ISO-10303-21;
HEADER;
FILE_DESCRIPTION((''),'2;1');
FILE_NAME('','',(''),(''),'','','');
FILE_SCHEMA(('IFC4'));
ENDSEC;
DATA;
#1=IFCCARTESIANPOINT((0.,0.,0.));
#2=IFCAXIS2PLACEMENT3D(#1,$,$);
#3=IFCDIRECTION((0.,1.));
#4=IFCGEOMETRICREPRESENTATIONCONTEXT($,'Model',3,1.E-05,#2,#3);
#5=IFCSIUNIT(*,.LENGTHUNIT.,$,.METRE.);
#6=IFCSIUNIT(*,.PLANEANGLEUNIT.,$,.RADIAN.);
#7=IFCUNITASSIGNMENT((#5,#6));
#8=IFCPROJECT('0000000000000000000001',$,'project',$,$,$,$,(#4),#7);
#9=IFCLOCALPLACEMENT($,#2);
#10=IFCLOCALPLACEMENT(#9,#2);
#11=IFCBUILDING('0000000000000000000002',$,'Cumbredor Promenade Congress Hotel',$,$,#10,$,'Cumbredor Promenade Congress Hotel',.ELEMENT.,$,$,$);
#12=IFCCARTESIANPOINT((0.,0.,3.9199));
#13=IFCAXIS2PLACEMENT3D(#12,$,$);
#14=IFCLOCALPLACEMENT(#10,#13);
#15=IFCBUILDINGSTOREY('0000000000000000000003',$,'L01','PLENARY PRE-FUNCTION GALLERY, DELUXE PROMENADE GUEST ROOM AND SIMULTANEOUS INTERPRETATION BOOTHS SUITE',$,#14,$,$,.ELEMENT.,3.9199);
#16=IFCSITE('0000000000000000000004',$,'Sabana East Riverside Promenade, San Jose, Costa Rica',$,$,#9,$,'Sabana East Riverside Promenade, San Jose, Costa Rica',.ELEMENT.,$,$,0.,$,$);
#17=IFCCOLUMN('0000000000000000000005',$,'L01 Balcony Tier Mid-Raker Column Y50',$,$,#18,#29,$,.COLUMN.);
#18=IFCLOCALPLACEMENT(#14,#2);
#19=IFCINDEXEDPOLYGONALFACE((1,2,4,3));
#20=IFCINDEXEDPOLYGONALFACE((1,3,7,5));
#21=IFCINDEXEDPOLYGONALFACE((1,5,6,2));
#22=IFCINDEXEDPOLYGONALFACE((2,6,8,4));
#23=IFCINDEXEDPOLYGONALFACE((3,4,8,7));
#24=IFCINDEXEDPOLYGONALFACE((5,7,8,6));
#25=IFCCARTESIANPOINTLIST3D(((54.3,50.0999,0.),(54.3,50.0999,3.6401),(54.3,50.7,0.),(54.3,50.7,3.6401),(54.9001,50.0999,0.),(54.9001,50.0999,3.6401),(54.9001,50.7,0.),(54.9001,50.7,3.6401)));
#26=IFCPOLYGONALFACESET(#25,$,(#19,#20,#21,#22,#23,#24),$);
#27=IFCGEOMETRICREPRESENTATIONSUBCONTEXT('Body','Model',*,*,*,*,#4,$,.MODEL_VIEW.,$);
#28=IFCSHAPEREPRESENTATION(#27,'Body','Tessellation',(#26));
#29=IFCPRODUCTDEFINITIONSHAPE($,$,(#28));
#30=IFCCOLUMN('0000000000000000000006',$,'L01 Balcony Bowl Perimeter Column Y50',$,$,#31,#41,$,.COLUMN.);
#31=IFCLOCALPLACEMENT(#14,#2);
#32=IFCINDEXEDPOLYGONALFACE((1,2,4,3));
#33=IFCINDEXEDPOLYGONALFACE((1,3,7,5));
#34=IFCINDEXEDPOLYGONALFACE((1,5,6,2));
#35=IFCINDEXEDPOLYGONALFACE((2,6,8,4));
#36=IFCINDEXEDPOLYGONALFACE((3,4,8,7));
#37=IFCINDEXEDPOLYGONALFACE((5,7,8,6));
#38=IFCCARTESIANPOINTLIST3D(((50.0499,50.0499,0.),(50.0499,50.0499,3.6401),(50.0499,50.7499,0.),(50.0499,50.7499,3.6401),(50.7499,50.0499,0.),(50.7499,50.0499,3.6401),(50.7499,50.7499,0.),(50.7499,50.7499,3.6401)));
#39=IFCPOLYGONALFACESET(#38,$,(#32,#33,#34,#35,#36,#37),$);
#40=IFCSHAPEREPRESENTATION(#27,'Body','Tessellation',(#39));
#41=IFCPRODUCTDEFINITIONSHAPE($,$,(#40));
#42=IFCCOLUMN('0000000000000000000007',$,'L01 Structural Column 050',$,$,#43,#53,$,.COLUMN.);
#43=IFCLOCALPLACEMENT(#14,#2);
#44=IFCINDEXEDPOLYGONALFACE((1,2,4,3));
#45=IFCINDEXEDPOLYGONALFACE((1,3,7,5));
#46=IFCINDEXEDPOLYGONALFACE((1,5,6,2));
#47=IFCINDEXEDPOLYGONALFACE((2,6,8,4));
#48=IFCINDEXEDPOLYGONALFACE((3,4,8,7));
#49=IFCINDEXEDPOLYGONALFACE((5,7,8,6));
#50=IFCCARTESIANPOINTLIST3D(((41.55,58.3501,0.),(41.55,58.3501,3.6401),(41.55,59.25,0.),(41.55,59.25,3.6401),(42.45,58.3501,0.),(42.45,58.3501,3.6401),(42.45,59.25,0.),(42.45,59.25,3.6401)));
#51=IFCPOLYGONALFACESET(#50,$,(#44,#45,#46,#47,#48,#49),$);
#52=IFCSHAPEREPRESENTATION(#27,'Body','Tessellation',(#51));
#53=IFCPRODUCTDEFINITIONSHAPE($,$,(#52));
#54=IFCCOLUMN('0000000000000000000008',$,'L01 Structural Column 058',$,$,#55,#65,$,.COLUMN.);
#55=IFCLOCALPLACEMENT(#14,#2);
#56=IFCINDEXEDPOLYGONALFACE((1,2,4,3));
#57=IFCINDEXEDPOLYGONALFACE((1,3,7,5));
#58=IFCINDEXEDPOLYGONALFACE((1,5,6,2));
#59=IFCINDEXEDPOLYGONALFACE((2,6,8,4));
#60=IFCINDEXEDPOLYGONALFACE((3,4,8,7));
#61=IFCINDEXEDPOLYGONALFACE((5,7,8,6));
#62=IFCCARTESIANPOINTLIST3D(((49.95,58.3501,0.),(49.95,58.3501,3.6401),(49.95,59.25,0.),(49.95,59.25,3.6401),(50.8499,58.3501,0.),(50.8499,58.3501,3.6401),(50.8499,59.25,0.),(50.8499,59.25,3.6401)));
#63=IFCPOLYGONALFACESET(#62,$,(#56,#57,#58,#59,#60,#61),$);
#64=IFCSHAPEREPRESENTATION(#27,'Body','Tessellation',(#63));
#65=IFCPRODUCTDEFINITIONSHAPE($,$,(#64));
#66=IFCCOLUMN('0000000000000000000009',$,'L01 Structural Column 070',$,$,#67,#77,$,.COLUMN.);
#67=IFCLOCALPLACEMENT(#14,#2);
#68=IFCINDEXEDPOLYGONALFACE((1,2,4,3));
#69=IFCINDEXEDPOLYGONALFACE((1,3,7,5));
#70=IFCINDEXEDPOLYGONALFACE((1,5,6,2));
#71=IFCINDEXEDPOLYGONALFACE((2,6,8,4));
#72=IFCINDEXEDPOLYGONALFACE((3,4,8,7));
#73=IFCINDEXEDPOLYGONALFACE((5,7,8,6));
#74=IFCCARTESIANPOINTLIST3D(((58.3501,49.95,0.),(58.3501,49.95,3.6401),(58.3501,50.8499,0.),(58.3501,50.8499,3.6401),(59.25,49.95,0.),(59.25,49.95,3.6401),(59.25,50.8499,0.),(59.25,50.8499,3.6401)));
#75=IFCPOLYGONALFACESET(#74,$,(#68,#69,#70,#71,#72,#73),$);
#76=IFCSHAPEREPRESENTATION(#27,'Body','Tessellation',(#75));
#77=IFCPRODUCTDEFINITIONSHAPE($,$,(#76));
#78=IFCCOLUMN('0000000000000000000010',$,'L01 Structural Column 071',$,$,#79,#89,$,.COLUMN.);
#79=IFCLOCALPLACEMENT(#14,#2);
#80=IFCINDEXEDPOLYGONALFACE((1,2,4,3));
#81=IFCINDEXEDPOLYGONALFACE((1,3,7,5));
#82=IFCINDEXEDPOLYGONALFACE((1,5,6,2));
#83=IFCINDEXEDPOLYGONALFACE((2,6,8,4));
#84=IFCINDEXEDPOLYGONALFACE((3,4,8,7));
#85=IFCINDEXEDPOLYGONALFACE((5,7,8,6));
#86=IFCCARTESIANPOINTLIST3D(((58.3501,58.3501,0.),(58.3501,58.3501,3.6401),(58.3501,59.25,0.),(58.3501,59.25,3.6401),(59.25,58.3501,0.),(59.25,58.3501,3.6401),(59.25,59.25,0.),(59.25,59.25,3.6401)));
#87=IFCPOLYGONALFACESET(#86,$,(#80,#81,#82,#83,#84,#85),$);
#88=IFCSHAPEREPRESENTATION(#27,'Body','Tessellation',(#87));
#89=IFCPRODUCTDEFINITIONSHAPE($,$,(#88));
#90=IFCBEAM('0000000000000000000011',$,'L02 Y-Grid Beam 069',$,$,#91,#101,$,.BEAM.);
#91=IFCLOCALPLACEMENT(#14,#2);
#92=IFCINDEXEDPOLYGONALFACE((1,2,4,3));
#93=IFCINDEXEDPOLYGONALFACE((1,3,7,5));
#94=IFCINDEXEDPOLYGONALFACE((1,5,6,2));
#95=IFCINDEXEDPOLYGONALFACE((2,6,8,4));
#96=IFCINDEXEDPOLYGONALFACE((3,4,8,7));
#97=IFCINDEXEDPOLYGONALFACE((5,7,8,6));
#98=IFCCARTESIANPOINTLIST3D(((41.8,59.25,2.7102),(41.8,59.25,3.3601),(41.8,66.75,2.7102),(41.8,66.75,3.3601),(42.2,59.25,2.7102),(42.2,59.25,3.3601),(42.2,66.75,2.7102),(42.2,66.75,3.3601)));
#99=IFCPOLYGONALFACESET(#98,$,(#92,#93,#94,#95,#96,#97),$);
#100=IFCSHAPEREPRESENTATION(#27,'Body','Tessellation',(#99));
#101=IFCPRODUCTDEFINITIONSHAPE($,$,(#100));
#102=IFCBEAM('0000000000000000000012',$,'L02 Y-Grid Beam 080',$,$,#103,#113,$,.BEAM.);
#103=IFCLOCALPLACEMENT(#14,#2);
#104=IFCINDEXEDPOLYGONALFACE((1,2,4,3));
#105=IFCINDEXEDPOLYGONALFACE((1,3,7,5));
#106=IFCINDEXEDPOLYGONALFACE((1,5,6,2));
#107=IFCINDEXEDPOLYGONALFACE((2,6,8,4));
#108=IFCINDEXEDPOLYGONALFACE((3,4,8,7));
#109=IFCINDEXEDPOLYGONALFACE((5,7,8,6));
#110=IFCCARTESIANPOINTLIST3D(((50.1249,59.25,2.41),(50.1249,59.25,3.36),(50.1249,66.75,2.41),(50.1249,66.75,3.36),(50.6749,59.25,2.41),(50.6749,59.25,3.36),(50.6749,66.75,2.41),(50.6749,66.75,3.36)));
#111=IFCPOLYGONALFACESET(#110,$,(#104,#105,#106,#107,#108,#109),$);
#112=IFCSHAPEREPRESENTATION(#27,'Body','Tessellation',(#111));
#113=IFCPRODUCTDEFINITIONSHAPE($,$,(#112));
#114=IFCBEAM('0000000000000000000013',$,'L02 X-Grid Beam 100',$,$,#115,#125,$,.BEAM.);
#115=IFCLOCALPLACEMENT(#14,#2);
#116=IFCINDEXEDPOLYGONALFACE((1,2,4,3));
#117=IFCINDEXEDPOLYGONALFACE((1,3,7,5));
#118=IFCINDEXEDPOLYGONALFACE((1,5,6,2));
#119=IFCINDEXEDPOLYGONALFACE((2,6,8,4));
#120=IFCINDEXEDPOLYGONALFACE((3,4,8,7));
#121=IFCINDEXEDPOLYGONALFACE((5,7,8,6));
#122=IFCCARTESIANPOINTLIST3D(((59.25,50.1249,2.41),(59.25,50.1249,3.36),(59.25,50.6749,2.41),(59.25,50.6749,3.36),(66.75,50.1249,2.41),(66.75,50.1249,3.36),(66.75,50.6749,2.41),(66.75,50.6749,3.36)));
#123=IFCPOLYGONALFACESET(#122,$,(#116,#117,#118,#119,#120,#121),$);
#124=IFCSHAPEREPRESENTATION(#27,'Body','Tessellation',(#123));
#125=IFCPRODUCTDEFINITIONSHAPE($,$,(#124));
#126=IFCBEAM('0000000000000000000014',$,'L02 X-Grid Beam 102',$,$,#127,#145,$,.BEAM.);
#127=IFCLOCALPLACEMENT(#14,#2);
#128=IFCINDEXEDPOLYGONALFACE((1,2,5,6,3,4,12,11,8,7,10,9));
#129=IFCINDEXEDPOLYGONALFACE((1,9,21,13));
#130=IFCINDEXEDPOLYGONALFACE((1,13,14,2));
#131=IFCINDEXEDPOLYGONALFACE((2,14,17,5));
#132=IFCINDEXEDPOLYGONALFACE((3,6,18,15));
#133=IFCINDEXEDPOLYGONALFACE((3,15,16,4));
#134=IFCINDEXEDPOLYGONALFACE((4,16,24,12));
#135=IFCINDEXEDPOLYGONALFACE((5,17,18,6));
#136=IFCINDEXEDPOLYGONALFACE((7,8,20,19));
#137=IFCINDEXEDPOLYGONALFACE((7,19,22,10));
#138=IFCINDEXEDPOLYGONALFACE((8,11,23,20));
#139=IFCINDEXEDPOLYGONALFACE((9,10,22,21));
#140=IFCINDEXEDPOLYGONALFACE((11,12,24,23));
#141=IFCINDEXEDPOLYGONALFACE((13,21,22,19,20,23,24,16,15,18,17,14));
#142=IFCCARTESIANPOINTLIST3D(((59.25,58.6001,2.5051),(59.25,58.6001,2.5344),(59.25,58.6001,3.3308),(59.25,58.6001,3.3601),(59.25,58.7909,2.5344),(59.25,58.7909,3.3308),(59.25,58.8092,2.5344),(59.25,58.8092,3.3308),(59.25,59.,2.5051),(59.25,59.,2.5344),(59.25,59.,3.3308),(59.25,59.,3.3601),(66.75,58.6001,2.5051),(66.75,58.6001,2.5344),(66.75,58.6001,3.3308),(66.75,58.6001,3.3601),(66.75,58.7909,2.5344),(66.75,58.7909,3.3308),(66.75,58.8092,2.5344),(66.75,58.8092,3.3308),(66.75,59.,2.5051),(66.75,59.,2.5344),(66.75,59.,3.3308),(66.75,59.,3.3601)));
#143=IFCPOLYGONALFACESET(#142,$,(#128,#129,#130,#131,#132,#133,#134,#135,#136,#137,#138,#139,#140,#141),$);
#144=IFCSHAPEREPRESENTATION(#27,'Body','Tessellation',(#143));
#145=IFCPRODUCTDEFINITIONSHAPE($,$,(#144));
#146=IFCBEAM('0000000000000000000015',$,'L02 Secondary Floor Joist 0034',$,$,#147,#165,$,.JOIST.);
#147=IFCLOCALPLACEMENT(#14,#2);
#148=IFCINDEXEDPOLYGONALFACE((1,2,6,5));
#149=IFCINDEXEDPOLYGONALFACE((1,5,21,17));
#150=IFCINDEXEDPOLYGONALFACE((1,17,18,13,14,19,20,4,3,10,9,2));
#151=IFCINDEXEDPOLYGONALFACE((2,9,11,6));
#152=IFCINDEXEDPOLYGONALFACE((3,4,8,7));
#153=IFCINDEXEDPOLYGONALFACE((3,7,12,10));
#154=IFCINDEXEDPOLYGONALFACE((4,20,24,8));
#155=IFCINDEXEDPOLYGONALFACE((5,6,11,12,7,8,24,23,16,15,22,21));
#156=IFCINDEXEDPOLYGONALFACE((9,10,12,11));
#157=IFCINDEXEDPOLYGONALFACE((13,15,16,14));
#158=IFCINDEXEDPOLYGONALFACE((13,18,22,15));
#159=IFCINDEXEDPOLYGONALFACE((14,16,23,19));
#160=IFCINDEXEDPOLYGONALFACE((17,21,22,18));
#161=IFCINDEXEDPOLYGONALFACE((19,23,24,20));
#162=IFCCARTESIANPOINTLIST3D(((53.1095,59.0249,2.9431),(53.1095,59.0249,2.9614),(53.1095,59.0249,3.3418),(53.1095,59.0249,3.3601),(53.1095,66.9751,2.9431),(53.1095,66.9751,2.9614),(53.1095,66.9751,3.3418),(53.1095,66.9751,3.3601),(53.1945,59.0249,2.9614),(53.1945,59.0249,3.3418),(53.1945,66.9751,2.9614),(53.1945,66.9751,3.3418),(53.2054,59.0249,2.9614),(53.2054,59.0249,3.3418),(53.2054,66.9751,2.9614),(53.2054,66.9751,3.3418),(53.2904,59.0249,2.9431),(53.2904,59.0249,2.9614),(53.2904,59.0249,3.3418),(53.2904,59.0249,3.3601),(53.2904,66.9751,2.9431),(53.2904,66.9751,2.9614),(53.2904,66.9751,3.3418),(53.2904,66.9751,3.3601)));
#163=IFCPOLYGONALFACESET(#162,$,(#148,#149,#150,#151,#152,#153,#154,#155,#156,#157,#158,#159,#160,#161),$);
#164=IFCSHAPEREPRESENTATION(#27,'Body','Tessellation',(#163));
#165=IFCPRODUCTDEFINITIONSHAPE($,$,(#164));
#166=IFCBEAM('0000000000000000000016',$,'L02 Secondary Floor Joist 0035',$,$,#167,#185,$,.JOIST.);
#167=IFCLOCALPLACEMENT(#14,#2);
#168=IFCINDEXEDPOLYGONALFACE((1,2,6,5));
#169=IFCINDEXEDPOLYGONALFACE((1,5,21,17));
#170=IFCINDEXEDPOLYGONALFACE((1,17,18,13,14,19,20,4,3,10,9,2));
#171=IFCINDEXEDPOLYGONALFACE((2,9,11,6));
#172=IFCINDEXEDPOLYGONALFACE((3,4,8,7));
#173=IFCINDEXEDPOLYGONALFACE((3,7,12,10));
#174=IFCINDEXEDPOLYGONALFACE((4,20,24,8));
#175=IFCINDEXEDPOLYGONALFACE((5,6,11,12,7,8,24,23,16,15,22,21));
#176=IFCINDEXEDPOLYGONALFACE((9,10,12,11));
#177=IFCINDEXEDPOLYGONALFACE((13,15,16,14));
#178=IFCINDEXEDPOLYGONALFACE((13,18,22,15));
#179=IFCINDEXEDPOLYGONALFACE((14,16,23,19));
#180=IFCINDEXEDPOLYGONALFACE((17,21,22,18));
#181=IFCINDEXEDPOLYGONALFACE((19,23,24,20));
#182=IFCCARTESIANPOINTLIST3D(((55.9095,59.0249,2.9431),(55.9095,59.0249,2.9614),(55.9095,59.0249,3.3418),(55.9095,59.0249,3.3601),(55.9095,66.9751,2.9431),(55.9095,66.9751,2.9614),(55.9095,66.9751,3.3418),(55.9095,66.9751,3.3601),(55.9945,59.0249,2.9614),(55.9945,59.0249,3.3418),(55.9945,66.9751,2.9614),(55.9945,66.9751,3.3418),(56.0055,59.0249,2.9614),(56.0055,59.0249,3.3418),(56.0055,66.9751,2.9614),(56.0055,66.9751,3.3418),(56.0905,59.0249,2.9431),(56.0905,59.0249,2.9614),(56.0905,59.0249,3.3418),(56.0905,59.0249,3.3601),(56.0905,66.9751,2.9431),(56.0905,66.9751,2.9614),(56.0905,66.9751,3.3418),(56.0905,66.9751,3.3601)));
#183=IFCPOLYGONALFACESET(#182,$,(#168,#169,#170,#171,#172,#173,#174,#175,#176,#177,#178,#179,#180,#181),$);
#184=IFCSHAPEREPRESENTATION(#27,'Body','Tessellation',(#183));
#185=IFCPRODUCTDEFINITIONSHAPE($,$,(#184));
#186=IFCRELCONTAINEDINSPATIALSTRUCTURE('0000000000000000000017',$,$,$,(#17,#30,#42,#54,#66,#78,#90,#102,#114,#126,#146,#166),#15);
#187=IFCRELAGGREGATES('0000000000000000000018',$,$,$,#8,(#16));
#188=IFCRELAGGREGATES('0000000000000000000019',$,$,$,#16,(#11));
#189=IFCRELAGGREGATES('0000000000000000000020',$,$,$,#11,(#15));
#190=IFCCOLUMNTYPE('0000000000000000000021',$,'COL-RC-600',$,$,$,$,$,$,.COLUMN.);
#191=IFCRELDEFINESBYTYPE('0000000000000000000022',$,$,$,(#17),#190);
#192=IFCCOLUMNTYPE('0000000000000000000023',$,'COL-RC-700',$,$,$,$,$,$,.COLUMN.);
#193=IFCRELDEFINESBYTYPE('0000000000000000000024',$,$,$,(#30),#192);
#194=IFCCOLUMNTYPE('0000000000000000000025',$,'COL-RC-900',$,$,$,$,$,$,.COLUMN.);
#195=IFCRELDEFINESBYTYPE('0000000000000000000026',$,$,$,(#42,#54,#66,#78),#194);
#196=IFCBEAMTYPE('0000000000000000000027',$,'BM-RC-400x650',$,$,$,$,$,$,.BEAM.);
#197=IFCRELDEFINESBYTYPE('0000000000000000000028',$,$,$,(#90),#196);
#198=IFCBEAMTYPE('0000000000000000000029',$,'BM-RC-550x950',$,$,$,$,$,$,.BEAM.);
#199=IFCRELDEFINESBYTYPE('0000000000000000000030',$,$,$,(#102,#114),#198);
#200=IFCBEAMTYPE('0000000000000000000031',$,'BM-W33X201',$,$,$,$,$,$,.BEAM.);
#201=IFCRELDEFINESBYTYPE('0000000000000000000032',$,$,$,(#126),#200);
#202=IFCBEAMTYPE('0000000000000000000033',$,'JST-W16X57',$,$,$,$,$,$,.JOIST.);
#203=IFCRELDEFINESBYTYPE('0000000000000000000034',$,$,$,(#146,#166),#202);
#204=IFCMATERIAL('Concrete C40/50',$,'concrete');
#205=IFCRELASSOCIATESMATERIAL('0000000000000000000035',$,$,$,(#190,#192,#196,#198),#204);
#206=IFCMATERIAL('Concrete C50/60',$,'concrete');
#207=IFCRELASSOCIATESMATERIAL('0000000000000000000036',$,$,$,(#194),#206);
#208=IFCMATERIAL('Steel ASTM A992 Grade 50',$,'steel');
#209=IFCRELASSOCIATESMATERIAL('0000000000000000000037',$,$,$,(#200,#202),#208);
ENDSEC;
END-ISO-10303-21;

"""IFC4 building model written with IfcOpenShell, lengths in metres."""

from ifc_helpers import new_model, si_unit, direction, frame, origin, origin_2d, place, context, subcontext, project, spatial, rectangle, i_section, extrude, material, material_profile, profile_set, type_object, element, save


model = new_model("IFC4")

# Units and contexts
model_context = context("Model", 3, precision=1e-05, world=origin(), true_north=direction((0.0, 1.0)))
body_context = subcontext(model_context, "Body", "Model", "MODEL_VIEW")
ifc_project = project(units=[si_unit("LENGTHUNIT", "METRE"), si_unit("PLANEANGLEUNIT", "RADIAN")], contexts=[model_context])

# Site, building, storey
site_placement = place(None, origin())
site = spatial("IfcSite", under=ifc_project, at=site_placement, Name="Sabana East Riverside Promenade, San Jose, Costa Rica", LongName="Sabana East Riverside Promenade, San Jose, Costa Rica", CompositionType="ELEMENT", RefElevation=0.0)
building_placement = place(site_placement, origin())
building = spatial("IfcBuilding", under=site, at=building_placement, Name="Cumbredor Promenade Congress Hotel", LongName="Cumbredor Promenade Congress Hotel", CompositionType="ELEMENT")
storey_placement = place(building_placement, frame((0.0, 0.0, 3.9199)))
storey = spatial("IfcBuildingStorey", under=building, at=storey_placement, Name="L01", Description="PLENARY PRE-FUNCTION GALLERY, DELUXE PROMENADE GUEST ROOM AND SIMULTANEOUS INTERPRETATION BOOTHS SUITE", CompositionType="ELEMENT", Elevation=3.9199)

# Columns
ifc_material_1 = material(Name="Concrete C40/50", Category="concrete")
ifc_material_profile_1 = material_profile(ifc_material_1, rectangle(XDim=0.6001, YDim=0.6001, at=origin_2d()), Name="RC 600x600")
ifc_profile_set_1 = profile_set([ifc_material_profile_1], Name="Concrete C40/50")
column_type_1 = type_object("IfcColumnType", Name="COL-RC-600", PredefinedType="COLUMN", material=ifc_profile_set_1)
column_1_placement = place(storey_placement, frame((54.6001, 50.3999, 0.0), z_axis=(0.0, 0.0, 1.0), x_axis=(1.0, 0.0, 0.0)))
element("IfcColumn", 1, at=column_1_placement, inside=storey, type_object=column_type_1, Name="L01 Balcony Tier Mid-Raker Column Y50", PredefinedType="COLUMN", context=body_context, shape_type="SweptSolid", body=[
    extrude(rectangle(XDim=0.6001, YDim=0.6001, at=origin_2d()), origin(), (0.0, 0.0, 1.0), 3.6401),
])
ifc_material_profile_2 = material_profile(ifc_material_1, rectangle(XDim=0.7, YDim=0.7, at=origin_2d()), Name="RC 700x700")
ifc_profile_set_2 = profile_set([ifc_material_profile_2], Name="Concrete C40/50")
column_type_2 = type_object("IfcColumnType", Name="COL-RC-700", PredefinedType="COLUMN", material=ifc_profile_set_2)
column_2_placement = place(storey_placement, frame((50.3999, 50.3999, 0.0), z_axis=(0.0, 0.0, 1.0), x_axis=(1.0, 0.0, 0.0)))
element("IfcColumn", 2, at=column_2_placement, inside=storey, type_object=column_type_2, Name="L01 Balcony Bowl Perimeter Column Y50", PredefinedType="COLUMN", context=body_context, shape_type="SweptSolid", body=[
    extrude(rectangle(XDim=0.7, YDim=0.7, at=origin_2d()), origin(), (0.0, 0.0, 1.0), 3.6401),
])
ifc_material_2 = material(Name="Concrete C50/60", Category="concrete")
ifc_material_profile_3 = material_profile(ifc_material_2, rectangle(XDim=0.8999, YDim=0.8999, at=origin_2d()), Name="RC 900x900")
ifc_profile_set_3 = profile_set([ifc_material_profile_3], Name="Concrete C50/60")
column_type_3 = type_object("IfcColumnType", Name="COL-RC-900", PredefinedType="COLUMN", material=ifc_profile_set_3)
for number, where, z_axis, x_axis, name in (
    (3, (42.0, 58.8, 0.0), (0.0, 0.0, 1.0), (1.0, 0.0, 0.0), "L01 Structural Column 050"),
    (4, (50.3999, 58.8, 0.0), (0.0, 0.0, 1.0), (1.0, 0.0, 0.0), "L01 Structural Column 058"),
    (5, (58.8, 50.3999, 0.0), (0.0, 0.0, 1.0), (1.0, 0.0, 0.0), "L01 Structural Column 070"),
    (6, (58.8, 58.8, 0.0), (0.0, 0.0, 1.0), (1.0, 0.0, 0.0), "L01 Structural Column 071"),
):
    element("IfcColumn", number, at=place(storey_placement, frame(where, z_axis=z_axis, x_axis=x_axis)), inside=storey, type_object=column_type_3, Name=name, PredefinedType="COLUMN", context=body_context, shape_type="SweptSolid", body=[
        extrude(rectangle(XDim=0.8999, YDim=0.8999, at=origin_2d()), origin(), (0.0, 0.0, 1.0), 3.6401),
    ])

# Beams
ifc_material_profile_4 = material_profile(ifc_material_1, rectangle(XDim=0.3999, YDim=0.6499, at=origin_2d()), Name="RC BEAM 400x650")
ifc_profile_set_4 = profile_set([ifc_material_profile_4], Name="Concrete C40/50")
beam_type_1 = type_object("IfcBeamType", Name="BM-RC-400x650", PredefinedType="BEAM", material=ifc_profile_set_4)
beam_1_placement = place(storey_placement, frame((42.0, 59.25, 3.0352), z_axis=(0.0, 1.0, 0.0), x_axis=(-1.0, 0.0, 0.0)))
element("IfcBeam", 7, at=beam_1_placement, inside=storey, type_object=beam_type_1, Name="L02 Y-Grid Beam 069", PredefinedType="BEAM", context=body_context, shape_type="SweptSolid", body=[
    extrude(rectangle(XDim=0.3999, YDim=0.6499, at=origin_2d()), origin(), (0.0, 0.0, 1.0), 7.5),
])
ifc_material_profile_5 = material_profile(ifc_material_1, rectangle(XDim=0.55, YDim=0.95, at=origin_2d()), Name="RC BEAM 550x950")
ifc_profile_set_5 = profile_set([ifc_material_profile_5], Name="Concrete C40/50")
beam_type_2 = type_object("IfcBeamType", Name="BM-RC-550x950", PredefinedType="BEAM", material=ifc_profile_set_5)
for number, where, z_axis, x_axis, name in (
    (8, (50.3999, 59.25, 2.885), (0.0, 1.0, 0.0), (-1.0, 0.0, 0.0), "L02 Y-Grid Beam 080"),
    (9, (59.25, 50.3999, 2.885), (1.0, 0.0, 0.0), (0.0, 1.0, 0.0), "L02 X-Grid Beam 100"),
):
    element("IfcBeam", number, at=place(storey_placement, frame(where, z_axis=z_axis, x_axis=x_axis)), inside=storey, type_object=beam_type_2, Name=name, PredefinedType="BEAM", context=body_context, shape_type="SweptSolid", body=[
        extrude(rectangle(XDim=0.55, YDim=0.95, at=origin_2d()), origin(), (0.0, 0.0, 1.0), 7.5),
    ])
ifc_material_3 = material(Name="Steel ASTM A992 Grade 50", Category="steel")
ifc_material_profile_6 = material_profile(ifc_material_3, i_section(OverallWidth=0.3999, OverallDepth=0.855, WebThickness=0.0183, FlangeThickness=0.0293, at=origin_2d()), Name="W33X201")
ifc_profile_set_6 = profile_set([ifc_material_profile_6], Name="Steel ASTM A992 Grade 50")
beam_type_3 = type_object("IfcBeamType", Name="BM-W33X201", PredefinedType="BEAM", material=ifc_profile_set_6)
beam_2_placement = place(storey_placement, frame((59.25, 58.8, 2.9326), z_axis=(1.0, 0.0, 0.0), x_axis=(0.0, 1.0, 0.0)))
element("IfcBeam", 10, at=beam_2_placement, inside=storey, type_object=beam_type_3, Name="L02 X-Grid Beam 102", PredefinedType="BEAM", context=body_context, shape_type="SweptSolid", body=[
    extrude(i_section(OverallWidth=0.3999, OverallDepth=0.855, WebThickness=0.0183, FlangeThickness=0.0293, at=origin_2d()), origin(), (0.0, 0.0, 1.0), 7.5),
])
ifc_material_profile_7 = material_profile(ifc_material_3, i_section(OverallWidth=0.1809, OverallDepth=0.417, WebThickness=0.011, FlangeThickness=0.0183, at=origin_2d()), Name="W16X57")
ifc_profile_set_7 = profile_set([ifc_material_profile_7], Name="Steel ASTM A992 Grade 50")
beam_type_4 = type_object("IfcBeamType", Name="JST-W16X57", PredefinedType="JOIST", material=ifc_profile_set_7)
for number, where, z_axis, x_axis, name in (
    (11, (53.2, 59.0249, 3.1516), (0.0, 1.0, 0.0), (-1.0, 0.0, 0.0), "L02 Secondary Floor Joist 0034"),
    (12, (56.0, 59.0249, 3.1516), (0.0, 1.0, 0.0), (-1.0, 0.0, 0.0), "L02 Secondary Floor Joist 0035"),
):
    element("IfcBeam", number, at=place(storey_placement, frame(where, z_axis=z_axis, x_axis=x_axis)), inside=storey, type_object=beam_type_4, Name=name, PredefinedType="JOIST", context=body_context, shape_type="SweptSolid", body=[
        extrude(i_section(OverallWidth=0.1809, OverallDepth=0.417, WebThickness=0.011, FlangeThickness=0.0183, at=origin_2d()), origin(), (0.0, 0.0, 1.0), 7.9502),
    ])

save(model, "model.ifc")
